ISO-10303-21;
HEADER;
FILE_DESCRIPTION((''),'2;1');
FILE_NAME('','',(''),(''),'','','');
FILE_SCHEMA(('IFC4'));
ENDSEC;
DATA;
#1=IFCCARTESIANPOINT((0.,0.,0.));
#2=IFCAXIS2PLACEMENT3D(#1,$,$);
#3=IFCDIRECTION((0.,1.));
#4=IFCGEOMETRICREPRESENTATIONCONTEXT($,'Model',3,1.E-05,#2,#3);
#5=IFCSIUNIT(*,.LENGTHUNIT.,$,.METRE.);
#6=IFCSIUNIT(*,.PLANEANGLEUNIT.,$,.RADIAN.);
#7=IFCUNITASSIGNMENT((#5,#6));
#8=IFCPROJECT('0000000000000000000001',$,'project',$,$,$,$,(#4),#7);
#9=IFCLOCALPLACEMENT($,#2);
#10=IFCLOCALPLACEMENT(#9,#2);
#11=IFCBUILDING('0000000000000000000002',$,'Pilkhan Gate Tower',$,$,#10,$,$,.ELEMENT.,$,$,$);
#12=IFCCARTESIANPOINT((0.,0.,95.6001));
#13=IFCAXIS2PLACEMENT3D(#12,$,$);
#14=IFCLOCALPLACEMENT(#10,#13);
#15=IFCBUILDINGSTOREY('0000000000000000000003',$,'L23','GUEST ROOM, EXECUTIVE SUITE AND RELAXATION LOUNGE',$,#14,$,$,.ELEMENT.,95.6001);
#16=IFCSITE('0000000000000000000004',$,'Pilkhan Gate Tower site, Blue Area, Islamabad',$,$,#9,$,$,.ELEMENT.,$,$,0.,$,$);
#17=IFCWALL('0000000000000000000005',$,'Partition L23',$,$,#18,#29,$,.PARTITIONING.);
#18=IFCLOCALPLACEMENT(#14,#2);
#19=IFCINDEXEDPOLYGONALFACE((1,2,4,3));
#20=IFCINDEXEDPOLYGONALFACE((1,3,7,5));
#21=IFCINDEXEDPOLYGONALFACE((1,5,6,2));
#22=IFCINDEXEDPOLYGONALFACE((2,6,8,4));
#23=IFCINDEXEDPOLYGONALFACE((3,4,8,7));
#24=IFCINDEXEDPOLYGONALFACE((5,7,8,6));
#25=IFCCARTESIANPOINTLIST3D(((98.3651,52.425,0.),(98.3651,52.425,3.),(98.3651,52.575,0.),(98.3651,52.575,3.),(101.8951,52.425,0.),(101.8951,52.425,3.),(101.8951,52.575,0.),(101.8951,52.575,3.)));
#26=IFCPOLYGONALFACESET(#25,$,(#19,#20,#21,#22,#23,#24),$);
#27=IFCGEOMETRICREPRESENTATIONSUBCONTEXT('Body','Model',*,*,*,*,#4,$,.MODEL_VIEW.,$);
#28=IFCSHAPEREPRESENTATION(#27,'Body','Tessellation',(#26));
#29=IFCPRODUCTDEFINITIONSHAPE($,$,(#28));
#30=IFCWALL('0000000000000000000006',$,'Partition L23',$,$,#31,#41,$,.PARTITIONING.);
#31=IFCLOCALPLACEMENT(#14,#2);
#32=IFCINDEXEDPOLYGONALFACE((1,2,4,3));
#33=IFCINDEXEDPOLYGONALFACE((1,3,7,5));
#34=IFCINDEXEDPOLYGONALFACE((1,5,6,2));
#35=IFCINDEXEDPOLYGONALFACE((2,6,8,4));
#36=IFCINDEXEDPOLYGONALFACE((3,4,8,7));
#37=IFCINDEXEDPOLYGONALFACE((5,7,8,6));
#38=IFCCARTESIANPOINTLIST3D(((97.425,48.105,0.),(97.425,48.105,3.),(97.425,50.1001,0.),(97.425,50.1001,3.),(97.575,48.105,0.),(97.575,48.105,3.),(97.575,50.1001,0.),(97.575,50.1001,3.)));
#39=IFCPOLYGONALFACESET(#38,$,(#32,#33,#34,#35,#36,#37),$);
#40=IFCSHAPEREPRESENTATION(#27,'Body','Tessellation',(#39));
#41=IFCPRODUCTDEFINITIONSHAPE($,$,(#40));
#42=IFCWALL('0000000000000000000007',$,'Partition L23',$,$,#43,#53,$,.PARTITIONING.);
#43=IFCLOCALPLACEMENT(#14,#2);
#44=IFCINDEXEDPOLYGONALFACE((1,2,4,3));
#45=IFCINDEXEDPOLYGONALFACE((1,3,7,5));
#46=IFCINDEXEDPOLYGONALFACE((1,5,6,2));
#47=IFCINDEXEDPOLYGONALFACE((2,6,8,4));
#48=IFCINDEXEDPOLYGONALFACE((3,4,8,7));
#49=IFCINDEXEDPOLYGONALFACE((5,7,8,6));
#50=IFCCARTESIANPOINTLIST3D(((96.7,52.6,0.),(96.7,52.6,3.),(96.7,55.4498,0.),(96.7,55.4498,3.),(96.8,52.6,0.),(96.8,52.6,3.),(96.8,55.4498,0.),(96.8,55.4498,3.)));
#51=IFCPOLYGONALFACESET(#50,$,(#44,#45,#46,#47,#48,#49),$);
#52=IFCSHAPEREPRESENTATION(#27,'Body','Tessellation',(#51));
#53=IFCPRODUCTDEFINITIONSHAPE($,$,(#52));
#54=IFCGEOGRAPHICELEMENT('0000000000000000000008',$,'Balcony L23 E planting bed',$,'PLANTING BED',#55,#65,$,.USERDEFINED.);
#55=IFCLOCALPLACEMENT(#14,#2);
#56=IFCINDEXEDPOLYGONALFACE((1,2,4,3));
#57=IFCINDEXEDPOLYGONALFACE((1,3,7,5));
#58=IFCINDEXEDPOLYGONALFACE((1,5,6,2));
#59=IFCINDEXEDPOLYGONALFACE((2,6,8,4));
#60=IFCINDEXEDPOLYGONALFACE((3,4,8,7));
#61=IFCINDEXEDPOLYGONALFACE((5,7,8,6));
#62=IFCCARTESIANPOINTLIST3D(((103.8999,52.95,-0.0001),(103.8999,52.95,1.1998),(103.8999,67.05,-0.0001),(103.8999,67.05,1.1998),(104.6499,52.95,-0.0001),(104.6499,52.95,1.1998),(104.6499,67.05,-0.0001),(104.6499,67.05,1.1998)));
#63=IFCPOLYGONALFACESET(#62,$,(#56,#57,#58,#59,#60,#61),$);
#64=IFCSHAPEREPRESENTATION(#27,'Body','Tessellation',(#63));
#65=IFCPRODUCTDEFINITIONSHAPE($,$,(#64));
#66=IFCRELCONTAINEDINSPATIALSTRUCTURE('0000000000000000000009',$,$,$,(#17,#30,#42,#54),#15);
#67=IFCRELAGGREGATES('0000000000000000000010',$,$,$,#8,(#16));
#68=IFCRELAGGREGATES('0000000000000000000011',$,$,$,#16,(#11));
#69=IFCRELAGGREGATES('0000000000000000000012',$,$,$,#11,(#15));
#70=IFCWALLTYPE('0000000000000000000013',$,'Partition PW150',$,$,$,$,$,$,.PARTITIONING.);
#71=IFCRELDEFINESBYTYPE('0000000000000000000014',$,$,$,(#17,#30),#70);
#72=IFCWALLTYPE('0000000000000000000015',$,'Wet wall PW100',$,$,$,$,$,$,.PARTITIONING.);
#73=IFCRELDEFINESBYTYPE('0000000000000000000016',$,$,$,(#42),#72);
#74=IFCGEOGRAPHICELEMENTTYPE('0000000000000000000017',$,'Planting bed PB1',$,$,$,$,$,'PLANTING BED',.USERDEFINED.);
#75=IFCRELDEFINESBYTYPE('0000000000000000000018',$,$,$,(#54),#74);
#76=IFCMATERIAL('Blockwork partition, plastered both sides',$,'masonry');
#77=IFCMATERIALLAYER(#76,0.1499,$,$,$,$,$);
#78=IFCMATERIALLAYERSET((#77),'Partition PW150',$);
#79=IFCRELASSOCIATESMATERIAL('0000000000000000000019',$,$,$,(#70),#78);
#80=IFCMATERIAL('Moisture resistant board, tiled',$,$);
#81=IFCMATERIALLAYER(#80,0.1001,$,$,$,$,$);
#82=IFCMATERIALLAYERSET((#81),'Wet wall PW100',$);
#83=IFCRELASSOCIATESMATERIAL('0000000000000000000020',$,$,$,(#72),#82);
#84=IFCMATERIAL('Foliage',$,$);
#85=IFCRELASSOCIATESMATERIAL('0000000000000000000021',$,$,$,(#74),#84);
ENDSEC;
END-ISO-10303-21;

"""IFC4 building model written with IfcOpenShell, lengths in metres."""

from ifc_helpers import new_model, si_unit, direction, frame, frame_2d, origin, origin_2d, place, context, subcontext, project, spatial, rectangle, extrude, material, layer, layer_set, material_profile, profile_set, type_object, element, save


model = new_model("IFC4")

# Units and contexts
model_context = context("Model", 3, precision=1e-05, world=origin(), true_north=direction((0.0, 1.0)))
body_context = subcontext(model_context, "Body", "Model", "MODEL_VIEW")
ifc_project = project(units=[si_unit("LENGTHUNIT", "METRE"), si_unit("PLANEANGLEUNIT", "RADIAN")], contexts=[model_context])

# Site, building, storey
site_placement = place(None, origin())
site = spatial("IfcSite", under=ifc_project, at=site_placement, Name="Pilkhan Gate Tower site, Blue Area, Islamabad", CompositionType="ELEMENT", RefElevation=0.0)
building_placement = place(site_placement, origin())
building = spatial("IfcBuilding", under=site, at=building_placement, Name="Pilkhan Gate Tower", CompositionType="ELEMENT")
storey_placement = place(building_placement, frame((0.0, 0.0, 95.6001)))
storey = spatial("IfcBuildingStorey", under=building, at=storey_placement, Name="L23", Description="GUEST ROOM, EXECUTIVE SUITE AND RELAXATION LOUNGE", CompositionType="ELEMENT", Elevation=95.6001)

# Walls
ifc_material_1 = material(Name="Blockwork partition, plastered both sides", Category="masonry")
ifc_layer_1 = layer(ifc_material_1, 0.1499)
ifc_layer_set_1 = layer_set([ifc_layer_1], Name="Partition PW150")
wall_type_1 = type_object("IfcWallType", Name="Partition PW150", PredefinedType="PARTITIONING", material=ifc_layer_set_1)
wall_1_placement = place(storey_placement, frame((98.365, 52.5, 0.0), z_axis=(0.0, 0.0, 1.0), x_axis=(1.0, 0.0, 0.0)))
element("IfcWall", 1, at=wall_1_placement, inside=storey, type_object=wall_type_1, Name="Partition L23", PredefinedType="PARTITIONING", context=body_context, shape_type="SweptSolid", body=[
    extrude(rectangle(XDim=3.53, YDim=0.1499, at=frame_2d((1.7651, 0.0))), origin(), (0.0, 0.0, 1.0), 3.0),
])
wall_2_placement = place(storey_placement, frame((97.5, 48.105, 0.0), z_axis=(0.0, 0.0, 1.0), x_axis=(0.0, 1.0, 0.0)))
element("IfcWall", 2, at=wall_2_placement, inside=storey, type_object=wall_type_1, Name="Partition L23", PredefinedType="PARTITIONING", context=body_context, shape_type="SweptSolid", body=[
    extrude(rectangle(XDim=1.9951, YDim=0.1499, at=frame_2d((0.9976, 0.0))), origin(), (0.0, 0.0, 1.0), 3.0),
])
ifc_material_2 = material(Name="Moisture resistant board, tiled")
ifc_layer_2 = layer(ifc_material_2, 0.1001)
ifc_layer_set_2 = layer_set([ifc_layer_2], Name="Wet wall PW100")
wall_type_2 = type_object("IfcWallType", Name="Wet wall PW100", PredefinedType="PARTITIONING", material=ifc_layer_set_2)
wall_3_placement = place(storey_placement, frame((96.75, 52.6001, 0.0), z_axis=(0.0, 0.0, 1.0), x_axis=(0.0, 1.0, 0.0)))
element("IfcWall", 3, at=wall_3_placement, inside=storey, type_object=wall_type_2, Name="Partition L23", PredefinedType="PARTITIONING", context=body_context, shape_type="SweptSolid", body=[
    extrude(rectangle(XDim=2.8499, YDim=0.1001, at=frame_2d((1.4248, 0.0))), origin(), (0.0, 0.0, 1.0), 3.0),
])

# Geographic element
ifc_material_3 = material(Name="Foliage")
ifc_material_profile_1 = material_profile(ifc_material_3, rectangle(XDim=0.75, YDim=1.2, at=origin_2d()), Name="Bed 750x1200")
ifc_profile_set_1 = profile_set([ifc_material_profile_1], Name="Foliage")
geographic_element_type = type_object("IfcGeographicElementType", Name="Planting bed PB1", ElementType="PLANTING BED", PredefinedType="USERDEFINED", material=ifc_profile_set_1)
geographic_element_placement = place(storey_placement, frame((104.2749, 52.95, 0.5999), z_axis=(0.0, 1.0, 0.0), x_axis=(-1.0, 0.0, 0.0)))
element("IfcGeographicElement", 4, at=geographic_element_placement, inside=storey, type_object=geographic_element_type, Name="Balcony L23 E planting bed", ObjectType="PLANTING BED", PredefinedType="USERDEFINED", context=body_context, shape_type="SweptSolid", body=[
    extrude(rectangle(XDim=0.75, YDim=1.2, at=origin_2d()), origin(), (0.0, 0.0, 1.0), 14.1001),
])

save(model, "model.ifc")
